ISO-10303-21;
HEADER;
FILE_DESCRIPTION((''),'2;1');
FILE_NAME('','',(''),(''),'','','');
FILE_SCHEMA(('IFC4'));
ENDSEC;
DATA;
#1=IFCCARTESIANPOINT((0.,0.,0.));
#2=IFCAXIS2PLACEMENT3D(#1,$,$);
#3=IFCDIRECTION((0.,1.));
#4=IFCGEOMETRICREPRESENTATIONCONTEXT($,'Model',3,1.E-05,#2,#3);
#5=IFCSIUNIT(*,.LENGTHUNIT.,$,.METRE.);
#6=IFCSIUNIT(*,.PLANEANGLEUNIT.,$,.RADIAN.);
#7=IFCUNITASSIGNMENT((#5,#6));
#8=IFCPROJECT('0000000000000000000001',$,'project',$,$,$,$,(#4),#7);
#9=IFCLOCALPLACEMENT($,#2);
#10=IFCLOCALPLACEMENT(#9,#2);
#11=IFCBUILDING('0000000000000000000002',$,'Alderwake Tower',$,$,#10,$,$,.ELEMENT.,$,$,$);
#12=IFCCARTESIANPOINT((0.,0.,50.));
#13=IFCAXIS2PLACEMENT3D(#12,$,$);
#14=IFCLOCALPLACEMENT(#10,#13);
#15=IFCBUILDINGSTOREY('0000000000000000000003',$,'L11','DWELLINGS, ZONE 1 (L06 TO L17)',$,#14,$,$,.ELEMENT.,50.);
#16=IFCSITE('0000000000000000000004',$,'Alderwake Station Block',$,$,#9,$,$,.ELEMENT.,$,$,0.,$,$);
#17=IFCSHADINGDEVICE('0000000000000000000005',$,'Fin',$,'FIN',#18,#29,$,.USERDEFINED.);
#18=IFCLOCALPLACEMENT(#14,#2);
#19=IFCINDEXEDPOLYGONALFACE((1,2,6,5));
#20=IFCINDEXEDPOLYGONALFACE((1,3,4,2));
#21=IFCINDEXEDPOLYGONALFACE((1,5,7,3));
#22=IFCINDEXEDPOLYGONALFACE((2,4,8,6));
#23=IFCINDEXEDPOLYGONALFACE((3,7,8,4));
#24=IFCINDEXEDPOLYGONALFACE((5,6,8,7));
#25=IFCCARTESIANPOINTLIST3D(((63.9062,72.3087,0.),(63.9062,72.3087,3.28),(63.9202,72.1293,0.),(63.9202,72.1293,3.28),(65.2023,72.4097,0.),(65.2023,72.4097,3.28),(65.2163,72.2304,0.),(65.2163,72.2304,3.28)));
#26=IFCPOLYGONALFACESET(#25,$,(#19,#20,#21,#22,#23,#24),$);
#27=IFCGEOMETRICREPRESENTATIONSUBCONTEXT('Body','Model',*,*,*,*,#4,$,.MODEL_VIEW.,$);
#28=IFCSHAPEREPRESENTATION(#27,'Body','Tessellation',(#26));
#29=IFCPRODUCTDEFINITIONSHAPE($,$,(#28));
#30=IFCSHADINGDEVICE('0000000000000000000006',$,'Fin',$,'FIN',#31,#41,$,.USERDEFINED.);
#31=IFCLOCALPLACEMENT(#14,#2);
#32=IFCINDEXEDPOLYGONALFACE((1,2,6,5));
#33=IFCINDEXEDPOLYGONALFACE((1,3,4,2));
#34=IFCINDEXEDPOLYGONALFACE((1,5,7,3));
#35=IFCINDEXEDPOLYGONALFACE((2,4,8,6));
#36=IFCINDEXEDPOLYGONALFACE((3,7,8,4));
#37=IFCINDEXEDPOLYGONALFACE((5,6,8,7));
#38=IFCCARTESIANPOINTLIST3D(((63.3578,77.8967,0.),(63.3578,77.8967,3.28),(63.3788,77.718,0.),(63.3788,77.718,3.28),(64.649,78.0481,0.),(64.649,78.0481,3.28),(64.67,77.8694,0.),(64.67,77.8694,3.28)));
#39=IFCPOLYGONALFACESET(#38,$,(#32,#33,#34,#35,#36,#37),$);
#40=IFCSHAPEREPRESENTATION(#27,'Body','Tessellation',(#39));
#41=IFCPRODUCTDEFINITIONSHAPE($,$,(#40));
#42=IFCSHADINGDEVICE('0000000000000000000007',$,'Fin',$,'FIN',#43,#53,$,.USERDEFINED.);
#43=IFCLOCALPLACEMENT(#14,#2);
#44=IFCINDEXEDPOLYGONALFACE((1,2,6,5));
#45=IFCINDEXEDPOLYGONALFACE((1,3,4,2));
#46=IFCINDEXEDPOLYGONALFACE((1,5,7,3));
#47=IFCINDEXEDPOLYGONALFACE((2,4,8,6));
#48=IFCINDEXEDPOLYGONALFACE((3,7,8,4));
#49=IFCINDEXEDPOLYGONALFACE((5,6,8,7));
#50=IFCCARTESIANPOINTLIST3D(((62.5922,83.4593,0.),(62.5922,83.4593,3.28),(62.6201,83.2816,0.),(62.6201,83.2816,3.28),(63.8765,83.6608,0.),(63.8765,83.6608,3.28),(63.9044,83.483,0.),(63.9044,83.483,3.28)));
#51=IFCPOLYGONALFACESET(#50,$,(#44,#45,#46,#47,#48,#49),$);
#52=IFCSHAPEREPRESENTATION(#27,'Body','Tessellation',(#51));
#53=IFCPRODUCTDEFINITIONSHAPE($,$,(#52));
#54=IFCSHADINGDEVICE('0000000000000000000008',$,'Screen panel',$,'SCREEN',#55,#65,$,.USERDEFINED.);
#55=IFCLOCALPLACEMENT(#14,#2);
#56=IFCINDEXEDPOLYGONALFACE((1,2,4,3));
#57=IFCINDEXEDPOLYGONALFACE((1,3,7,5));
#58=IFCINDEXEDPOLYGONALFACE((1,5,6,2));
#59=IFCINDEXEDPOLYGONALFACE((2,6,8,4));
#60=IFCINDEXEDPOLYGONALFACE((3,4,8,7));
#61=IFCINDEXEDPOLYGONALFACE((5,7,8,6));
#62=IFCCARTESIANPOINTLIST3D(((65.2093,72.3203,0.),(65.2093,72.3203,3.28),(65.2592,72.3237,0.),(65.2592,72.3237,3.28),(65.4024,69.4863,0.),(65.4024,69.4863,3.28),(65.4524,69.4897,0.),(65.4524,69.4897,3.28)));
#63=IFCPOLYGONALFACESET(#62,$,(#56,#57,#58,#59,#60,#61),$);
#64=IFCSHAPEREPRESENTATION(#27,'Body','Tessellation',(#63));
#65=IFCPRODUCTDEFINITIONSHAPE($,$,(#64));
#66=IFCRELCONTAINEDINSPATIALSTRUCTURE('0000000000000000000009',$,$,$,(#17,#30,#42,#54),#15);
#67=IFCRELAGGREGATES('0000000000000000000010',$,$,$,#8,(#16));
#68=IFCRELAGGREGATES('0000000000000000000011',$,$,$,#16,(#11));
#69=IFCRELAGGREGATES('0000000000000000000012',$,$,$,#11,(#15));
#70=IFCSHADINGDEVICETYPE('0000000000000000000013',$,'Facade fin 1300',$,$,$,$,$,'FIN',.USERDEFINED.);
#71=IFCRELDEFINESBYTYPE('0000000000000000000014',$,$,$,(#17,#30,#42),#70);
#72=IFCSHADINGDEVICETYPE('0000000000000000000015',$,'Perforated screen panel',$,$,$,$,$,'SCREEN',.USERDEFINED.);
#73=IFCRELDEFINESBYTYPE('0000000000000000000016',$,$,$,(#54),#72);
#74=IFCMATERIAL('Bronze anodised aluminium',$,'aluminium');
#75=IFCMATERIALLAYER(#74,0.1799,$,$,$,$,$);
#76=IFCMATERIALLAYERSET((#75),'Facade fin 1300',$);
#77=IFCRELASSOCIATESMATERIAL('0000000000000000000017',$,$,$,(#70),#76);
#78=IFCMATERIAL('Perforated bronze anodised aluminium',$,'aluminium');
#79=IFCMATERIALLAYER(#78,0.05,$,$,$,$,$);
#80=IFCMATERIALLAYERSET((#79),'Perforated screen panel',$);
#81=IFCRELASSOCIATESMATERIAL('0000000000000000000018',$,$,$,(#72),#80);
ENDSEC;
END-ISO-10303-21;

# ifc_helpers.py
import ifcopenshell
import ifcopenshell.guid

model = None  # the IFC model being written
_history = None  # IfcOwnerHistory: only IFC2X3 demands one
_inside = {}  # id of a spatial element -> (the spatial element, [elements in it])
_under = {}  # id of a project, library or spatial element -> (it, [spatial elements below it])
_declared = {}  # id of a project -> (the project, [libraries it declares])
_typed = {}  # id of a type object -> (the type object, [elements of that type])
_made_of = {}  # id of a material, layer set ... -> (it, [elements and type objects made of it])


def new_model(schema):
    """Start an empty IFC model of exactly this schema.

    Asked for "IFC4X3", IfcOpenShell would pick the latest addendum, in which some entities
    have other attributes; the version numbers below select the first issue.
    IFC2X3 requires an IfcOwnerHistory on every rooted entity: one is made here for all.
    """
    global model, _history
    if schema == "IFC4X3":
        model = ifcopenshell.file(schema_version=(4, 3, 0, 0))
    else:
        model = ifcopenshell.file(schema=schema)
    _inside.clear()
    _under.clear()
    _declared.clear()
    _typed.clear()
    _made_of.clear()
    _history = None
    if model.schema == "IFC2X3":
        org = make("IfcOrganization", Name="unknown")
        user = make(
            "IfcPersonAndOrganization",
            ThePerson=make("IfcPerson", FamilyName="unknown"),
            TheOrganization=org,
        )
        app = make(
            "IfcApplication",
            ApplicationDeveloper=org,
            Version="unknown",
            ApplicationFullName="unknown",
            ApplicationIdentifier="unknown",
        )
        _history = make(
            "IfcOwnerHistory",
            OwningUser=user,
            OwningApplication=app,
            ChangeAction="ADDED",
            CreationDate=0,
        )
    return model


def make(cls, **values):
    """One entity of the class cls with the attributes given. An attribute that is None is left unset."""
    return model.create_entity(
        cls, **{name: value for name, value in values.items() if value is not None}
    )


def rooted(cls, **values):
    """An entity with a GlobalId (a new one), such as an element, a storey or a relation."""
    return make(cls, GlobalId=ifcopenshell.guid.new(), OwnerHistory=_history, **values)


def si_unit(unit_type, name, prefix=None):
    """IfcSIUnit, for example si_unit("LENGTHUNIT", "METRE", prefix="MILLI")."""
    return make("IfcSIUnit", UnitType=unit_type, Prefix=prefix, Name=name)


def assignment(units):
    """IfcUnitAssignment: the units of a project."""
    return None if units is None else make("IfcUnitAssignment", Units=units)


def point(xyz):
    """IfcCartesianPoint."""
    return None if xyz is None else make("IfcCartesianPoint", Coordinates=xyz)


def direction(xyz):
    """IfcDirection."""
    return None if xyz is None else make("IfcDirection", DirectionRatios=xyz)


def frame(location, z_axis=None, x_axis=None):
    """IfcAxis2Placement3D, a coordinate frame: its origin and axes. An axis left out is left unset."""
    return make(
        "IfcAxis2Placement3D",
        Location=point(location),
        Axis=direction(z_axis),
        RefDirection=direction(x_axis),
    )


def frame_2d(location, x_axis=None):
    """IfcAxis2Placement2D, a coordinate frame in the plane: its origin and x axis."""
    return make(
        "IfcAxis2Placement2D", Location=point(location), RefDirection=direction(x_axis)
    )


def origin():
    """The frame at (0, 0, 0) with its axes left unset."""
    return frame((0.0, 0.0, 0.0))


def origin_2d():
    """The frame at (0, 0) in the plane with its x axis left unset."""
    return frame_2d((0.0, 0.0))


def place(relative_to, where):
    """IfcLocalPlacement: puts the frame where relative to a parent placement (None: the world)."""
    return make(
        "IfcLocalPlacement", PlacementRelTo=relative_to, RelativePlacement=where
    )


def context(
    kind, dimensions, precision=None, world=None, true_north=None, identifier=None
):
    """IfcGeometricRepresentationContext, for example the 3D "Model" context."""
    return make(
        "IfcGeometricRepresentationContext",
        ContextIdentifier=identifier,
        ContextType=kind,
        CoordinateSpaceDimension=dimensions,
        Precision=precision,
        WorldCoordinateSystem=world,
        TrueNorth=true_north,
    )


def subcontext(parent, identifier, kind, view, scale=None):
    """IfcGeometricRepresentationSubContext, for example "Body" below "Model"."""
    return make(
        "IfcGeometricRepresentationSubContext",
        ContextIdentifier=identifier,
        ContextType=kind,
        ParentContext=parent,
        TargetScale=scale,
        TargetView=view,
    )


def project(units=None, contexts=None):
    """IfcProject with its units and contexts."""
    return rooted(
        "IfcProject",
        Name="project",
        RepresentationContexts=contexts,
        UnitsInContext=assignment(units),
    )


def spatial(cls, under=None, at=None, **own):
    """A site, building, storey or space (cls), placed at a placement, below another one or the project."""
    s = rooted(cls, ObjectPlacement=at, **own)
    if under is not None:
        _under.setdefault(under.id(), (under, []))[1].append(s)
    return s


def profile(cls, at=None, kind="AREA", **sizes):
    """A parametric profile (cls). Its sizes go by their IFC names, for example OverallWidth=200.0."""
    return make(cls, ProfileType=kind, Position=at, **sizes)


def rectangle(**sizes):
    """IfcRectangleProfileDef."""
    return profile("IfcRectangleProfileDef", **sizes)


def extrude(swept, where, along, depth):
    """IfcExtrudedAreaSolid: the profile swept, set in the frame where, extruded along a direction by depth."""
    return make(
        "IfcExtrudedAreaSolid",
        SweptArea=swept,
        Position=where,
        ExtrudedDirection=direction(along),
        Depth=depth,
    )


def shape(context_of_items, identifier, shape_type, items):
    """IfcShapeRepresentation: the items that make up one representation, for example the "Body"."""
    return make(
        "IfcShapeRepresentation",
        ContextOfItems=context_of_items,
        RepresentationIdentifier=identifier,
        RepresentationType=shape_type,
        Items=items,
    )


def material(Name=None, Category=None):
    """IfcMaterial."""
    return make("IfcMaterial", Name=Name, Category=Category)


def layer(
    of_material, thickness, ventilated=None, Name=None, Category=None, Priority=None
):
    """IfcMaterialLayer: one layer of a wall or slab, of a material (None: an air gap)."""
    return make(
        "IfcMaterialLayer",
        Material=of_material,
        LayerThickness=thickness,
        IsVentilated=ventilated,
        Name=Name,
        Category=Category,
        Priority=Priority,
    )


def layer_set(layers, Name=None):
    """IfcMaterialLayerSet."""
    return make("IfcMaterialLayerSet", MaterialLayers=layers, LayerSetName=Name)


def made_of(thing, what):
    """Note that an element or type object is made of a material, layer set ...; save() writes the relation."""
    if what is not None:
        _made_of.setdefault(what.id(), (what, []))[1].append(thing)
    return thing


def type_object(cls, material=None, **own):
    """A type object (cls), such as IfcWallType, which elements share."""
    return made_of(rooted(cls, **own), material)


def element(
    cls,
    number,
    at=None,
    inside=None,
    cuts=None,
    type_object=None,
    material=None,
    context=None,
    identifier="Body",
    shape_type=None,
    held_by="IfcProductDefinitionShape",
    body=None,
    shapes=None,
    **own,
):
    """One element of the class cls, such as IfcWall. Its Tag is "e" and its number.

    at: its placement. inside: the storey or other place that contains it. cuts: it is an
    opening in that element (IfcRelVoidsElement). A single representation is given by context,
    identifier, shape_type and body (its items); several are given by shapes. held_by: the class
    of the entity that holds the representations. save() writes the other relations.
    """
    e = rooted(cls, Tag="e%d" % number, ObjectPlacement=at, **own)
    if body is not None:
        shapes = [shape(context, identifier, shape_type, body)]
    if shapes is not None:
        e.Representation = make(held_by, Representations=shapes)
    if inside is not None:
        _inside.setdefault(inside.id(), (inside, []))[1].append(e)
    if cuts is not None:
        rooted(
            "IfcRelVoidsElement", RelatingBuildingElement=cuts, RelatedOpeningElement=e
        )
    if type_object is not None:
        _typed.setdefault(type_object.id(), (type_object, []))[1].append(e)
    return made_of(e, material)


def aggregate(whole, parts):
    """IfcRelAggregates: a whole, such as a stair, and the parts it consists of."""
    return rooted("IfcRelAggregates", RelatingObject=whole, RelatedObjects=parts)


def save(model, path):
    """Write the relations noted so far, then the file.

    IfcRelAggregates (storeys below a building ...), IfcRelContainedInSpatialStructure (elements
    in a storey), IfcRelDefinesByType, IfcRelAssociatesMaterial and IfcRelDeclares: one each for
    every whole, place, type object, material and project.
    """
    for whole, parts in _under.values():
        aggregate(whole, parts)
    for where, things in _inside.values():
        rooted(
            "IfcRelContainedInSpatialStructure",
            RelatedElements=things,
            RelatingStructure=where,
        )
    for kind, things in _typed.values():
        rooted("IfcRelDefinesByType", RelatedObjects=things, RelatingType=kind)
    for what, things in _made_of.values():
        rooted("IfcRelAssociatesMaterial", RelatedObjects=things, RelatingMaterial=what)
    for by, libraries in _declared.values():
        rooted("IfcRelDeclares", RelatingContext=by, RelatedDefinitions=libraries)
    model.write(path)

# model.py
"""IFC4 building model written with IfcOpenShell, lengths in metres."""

from ifc_helpers import new_model, si_unit, direction, frame, origin, origin_2d, place, context, subcontext, project, spatial, rectangle, extrude, material, layer, layer_set, type_object, element, save


model = new_model("IFC4")

# Units and contexts
model_context = context("Model", 3, precision=1e-05, world=origin(), true_north=direction((0.0, 1.0)))
body_context = subcontext(model_context, "Body", "Model", "MODEL_VIEW")
ifc_project = project(units=[si_unit("LENGTHUNIT", "METRE"), si_unit("PLANEANGLEUNIT", "RADIAN")], contexts=[model_context])

# Site, building, storey
site_placement = place(None, origin())
site = spatial("IfcSite", under=ifc_project, at=site_placement, Name="Alderwake Station Block", CompositionType="ELEMENT", RefElevation=0.0)
building_placement = place(site_placement, origin())
building = spatial("IfcBuilding", under=site, at=building_placement, Name="Alderwake Tower", CompositionType="ELEMENT")
storey_placement = place(building_placement, frame((0.0, 0.0, 50.0)))
storey = spatial("IfcBuildingStorey", under=building, at=storey_placement, Name="L11", Description="DWELLINGS, ZONE 1 (L06 TO L17)", CompositionType="ELEMENT", Elevation=50.0)

# Shading devices
ifc_material_1 = material(Name="Bronze anodised aluminium", Category="aluminium")
ifc_layer_1 = layer(ifc_material_1, 0.1799)
ifc_layer_set_1 = layer_set([ifc_layer_1], Name="Facade fin 1300")
shading_device_type_1 = type_object("IfcShadingDeviceType", Name="Facade fin 1300", ElementType="FIN", PredefinedType="USERDEFINED", material=ifc_layer_set_1)
for number, where, z_axis, x_axis, name in (
    (1, (64.5613, 72.2695, 0.0), (0.0, 0.0, 1.0), (0.996975, 0.077721, 0.0), "Fin"),
    (2, (64.0139, 77.8831, 0.0), (0.0, 0.0, 1.0), (0.993198, 0.116435, 0.0), "Fin"),
    (3, (63.2483, 83.4712, 0.0), (0.0, 0.0, 1.0), (0.987919, 0.154972, 0.0), "Fin"),
):
    element("IfcShadingDevice", number, at=place(storey_placement, frame(where, z_axis=z_axis, x_axis=x_axis)), inside=storey, type_object=shading_device_type_1, Name=name, ObjectType="FIN", PredefinedType="USERDEFINED", context=body_context, shape_type="SweptSolid", body=[
        extrude(rectangle(XDim=1.3, YDim=0.1799, at=origin_2d()), origin(), (0.0, 0.0, 1.0), 3.28),
    ])
ifc_material_2 = material(Name="Perforated bronze anodised aluminium", Category="aluminium")
ifc_layer_2 = layer(ifc_material_2, 0.05)
ifc_layer_set_2 = layer_set([ifc_layer_2], Name="Perforated screen panel")
shading_device_type_2 = type_object("IfcShadingDeviceType", Name="Perforated screen panel", ElementType="SCREEN", PredefinedType="USERDEFINED", material=ifc_layer_set_2)
shading_device_placement = place(storey_placement, frame((65.3308, 70.905, 0.0), z_axis=(0.0, 0.0, 1.0), x_axis=(0.997685, 0.067998, 0.0)))
element("IfcShadingDevice", 4, at=shading_device_placement, inside=storey, type_object=shading_device_type_2, Name="Screen panel", ObjectType="SCREEN", PredefinedType="USERDEFINED", context=body_context, shape_type="SweptSolid", body=[
    extrude(rectangle(XDim=0.05, YDim=2.8406, at=origin_2d()), origin(), (0.0, 0.0, 1.0), 3.28),
])

save(model, "model.ifc")
